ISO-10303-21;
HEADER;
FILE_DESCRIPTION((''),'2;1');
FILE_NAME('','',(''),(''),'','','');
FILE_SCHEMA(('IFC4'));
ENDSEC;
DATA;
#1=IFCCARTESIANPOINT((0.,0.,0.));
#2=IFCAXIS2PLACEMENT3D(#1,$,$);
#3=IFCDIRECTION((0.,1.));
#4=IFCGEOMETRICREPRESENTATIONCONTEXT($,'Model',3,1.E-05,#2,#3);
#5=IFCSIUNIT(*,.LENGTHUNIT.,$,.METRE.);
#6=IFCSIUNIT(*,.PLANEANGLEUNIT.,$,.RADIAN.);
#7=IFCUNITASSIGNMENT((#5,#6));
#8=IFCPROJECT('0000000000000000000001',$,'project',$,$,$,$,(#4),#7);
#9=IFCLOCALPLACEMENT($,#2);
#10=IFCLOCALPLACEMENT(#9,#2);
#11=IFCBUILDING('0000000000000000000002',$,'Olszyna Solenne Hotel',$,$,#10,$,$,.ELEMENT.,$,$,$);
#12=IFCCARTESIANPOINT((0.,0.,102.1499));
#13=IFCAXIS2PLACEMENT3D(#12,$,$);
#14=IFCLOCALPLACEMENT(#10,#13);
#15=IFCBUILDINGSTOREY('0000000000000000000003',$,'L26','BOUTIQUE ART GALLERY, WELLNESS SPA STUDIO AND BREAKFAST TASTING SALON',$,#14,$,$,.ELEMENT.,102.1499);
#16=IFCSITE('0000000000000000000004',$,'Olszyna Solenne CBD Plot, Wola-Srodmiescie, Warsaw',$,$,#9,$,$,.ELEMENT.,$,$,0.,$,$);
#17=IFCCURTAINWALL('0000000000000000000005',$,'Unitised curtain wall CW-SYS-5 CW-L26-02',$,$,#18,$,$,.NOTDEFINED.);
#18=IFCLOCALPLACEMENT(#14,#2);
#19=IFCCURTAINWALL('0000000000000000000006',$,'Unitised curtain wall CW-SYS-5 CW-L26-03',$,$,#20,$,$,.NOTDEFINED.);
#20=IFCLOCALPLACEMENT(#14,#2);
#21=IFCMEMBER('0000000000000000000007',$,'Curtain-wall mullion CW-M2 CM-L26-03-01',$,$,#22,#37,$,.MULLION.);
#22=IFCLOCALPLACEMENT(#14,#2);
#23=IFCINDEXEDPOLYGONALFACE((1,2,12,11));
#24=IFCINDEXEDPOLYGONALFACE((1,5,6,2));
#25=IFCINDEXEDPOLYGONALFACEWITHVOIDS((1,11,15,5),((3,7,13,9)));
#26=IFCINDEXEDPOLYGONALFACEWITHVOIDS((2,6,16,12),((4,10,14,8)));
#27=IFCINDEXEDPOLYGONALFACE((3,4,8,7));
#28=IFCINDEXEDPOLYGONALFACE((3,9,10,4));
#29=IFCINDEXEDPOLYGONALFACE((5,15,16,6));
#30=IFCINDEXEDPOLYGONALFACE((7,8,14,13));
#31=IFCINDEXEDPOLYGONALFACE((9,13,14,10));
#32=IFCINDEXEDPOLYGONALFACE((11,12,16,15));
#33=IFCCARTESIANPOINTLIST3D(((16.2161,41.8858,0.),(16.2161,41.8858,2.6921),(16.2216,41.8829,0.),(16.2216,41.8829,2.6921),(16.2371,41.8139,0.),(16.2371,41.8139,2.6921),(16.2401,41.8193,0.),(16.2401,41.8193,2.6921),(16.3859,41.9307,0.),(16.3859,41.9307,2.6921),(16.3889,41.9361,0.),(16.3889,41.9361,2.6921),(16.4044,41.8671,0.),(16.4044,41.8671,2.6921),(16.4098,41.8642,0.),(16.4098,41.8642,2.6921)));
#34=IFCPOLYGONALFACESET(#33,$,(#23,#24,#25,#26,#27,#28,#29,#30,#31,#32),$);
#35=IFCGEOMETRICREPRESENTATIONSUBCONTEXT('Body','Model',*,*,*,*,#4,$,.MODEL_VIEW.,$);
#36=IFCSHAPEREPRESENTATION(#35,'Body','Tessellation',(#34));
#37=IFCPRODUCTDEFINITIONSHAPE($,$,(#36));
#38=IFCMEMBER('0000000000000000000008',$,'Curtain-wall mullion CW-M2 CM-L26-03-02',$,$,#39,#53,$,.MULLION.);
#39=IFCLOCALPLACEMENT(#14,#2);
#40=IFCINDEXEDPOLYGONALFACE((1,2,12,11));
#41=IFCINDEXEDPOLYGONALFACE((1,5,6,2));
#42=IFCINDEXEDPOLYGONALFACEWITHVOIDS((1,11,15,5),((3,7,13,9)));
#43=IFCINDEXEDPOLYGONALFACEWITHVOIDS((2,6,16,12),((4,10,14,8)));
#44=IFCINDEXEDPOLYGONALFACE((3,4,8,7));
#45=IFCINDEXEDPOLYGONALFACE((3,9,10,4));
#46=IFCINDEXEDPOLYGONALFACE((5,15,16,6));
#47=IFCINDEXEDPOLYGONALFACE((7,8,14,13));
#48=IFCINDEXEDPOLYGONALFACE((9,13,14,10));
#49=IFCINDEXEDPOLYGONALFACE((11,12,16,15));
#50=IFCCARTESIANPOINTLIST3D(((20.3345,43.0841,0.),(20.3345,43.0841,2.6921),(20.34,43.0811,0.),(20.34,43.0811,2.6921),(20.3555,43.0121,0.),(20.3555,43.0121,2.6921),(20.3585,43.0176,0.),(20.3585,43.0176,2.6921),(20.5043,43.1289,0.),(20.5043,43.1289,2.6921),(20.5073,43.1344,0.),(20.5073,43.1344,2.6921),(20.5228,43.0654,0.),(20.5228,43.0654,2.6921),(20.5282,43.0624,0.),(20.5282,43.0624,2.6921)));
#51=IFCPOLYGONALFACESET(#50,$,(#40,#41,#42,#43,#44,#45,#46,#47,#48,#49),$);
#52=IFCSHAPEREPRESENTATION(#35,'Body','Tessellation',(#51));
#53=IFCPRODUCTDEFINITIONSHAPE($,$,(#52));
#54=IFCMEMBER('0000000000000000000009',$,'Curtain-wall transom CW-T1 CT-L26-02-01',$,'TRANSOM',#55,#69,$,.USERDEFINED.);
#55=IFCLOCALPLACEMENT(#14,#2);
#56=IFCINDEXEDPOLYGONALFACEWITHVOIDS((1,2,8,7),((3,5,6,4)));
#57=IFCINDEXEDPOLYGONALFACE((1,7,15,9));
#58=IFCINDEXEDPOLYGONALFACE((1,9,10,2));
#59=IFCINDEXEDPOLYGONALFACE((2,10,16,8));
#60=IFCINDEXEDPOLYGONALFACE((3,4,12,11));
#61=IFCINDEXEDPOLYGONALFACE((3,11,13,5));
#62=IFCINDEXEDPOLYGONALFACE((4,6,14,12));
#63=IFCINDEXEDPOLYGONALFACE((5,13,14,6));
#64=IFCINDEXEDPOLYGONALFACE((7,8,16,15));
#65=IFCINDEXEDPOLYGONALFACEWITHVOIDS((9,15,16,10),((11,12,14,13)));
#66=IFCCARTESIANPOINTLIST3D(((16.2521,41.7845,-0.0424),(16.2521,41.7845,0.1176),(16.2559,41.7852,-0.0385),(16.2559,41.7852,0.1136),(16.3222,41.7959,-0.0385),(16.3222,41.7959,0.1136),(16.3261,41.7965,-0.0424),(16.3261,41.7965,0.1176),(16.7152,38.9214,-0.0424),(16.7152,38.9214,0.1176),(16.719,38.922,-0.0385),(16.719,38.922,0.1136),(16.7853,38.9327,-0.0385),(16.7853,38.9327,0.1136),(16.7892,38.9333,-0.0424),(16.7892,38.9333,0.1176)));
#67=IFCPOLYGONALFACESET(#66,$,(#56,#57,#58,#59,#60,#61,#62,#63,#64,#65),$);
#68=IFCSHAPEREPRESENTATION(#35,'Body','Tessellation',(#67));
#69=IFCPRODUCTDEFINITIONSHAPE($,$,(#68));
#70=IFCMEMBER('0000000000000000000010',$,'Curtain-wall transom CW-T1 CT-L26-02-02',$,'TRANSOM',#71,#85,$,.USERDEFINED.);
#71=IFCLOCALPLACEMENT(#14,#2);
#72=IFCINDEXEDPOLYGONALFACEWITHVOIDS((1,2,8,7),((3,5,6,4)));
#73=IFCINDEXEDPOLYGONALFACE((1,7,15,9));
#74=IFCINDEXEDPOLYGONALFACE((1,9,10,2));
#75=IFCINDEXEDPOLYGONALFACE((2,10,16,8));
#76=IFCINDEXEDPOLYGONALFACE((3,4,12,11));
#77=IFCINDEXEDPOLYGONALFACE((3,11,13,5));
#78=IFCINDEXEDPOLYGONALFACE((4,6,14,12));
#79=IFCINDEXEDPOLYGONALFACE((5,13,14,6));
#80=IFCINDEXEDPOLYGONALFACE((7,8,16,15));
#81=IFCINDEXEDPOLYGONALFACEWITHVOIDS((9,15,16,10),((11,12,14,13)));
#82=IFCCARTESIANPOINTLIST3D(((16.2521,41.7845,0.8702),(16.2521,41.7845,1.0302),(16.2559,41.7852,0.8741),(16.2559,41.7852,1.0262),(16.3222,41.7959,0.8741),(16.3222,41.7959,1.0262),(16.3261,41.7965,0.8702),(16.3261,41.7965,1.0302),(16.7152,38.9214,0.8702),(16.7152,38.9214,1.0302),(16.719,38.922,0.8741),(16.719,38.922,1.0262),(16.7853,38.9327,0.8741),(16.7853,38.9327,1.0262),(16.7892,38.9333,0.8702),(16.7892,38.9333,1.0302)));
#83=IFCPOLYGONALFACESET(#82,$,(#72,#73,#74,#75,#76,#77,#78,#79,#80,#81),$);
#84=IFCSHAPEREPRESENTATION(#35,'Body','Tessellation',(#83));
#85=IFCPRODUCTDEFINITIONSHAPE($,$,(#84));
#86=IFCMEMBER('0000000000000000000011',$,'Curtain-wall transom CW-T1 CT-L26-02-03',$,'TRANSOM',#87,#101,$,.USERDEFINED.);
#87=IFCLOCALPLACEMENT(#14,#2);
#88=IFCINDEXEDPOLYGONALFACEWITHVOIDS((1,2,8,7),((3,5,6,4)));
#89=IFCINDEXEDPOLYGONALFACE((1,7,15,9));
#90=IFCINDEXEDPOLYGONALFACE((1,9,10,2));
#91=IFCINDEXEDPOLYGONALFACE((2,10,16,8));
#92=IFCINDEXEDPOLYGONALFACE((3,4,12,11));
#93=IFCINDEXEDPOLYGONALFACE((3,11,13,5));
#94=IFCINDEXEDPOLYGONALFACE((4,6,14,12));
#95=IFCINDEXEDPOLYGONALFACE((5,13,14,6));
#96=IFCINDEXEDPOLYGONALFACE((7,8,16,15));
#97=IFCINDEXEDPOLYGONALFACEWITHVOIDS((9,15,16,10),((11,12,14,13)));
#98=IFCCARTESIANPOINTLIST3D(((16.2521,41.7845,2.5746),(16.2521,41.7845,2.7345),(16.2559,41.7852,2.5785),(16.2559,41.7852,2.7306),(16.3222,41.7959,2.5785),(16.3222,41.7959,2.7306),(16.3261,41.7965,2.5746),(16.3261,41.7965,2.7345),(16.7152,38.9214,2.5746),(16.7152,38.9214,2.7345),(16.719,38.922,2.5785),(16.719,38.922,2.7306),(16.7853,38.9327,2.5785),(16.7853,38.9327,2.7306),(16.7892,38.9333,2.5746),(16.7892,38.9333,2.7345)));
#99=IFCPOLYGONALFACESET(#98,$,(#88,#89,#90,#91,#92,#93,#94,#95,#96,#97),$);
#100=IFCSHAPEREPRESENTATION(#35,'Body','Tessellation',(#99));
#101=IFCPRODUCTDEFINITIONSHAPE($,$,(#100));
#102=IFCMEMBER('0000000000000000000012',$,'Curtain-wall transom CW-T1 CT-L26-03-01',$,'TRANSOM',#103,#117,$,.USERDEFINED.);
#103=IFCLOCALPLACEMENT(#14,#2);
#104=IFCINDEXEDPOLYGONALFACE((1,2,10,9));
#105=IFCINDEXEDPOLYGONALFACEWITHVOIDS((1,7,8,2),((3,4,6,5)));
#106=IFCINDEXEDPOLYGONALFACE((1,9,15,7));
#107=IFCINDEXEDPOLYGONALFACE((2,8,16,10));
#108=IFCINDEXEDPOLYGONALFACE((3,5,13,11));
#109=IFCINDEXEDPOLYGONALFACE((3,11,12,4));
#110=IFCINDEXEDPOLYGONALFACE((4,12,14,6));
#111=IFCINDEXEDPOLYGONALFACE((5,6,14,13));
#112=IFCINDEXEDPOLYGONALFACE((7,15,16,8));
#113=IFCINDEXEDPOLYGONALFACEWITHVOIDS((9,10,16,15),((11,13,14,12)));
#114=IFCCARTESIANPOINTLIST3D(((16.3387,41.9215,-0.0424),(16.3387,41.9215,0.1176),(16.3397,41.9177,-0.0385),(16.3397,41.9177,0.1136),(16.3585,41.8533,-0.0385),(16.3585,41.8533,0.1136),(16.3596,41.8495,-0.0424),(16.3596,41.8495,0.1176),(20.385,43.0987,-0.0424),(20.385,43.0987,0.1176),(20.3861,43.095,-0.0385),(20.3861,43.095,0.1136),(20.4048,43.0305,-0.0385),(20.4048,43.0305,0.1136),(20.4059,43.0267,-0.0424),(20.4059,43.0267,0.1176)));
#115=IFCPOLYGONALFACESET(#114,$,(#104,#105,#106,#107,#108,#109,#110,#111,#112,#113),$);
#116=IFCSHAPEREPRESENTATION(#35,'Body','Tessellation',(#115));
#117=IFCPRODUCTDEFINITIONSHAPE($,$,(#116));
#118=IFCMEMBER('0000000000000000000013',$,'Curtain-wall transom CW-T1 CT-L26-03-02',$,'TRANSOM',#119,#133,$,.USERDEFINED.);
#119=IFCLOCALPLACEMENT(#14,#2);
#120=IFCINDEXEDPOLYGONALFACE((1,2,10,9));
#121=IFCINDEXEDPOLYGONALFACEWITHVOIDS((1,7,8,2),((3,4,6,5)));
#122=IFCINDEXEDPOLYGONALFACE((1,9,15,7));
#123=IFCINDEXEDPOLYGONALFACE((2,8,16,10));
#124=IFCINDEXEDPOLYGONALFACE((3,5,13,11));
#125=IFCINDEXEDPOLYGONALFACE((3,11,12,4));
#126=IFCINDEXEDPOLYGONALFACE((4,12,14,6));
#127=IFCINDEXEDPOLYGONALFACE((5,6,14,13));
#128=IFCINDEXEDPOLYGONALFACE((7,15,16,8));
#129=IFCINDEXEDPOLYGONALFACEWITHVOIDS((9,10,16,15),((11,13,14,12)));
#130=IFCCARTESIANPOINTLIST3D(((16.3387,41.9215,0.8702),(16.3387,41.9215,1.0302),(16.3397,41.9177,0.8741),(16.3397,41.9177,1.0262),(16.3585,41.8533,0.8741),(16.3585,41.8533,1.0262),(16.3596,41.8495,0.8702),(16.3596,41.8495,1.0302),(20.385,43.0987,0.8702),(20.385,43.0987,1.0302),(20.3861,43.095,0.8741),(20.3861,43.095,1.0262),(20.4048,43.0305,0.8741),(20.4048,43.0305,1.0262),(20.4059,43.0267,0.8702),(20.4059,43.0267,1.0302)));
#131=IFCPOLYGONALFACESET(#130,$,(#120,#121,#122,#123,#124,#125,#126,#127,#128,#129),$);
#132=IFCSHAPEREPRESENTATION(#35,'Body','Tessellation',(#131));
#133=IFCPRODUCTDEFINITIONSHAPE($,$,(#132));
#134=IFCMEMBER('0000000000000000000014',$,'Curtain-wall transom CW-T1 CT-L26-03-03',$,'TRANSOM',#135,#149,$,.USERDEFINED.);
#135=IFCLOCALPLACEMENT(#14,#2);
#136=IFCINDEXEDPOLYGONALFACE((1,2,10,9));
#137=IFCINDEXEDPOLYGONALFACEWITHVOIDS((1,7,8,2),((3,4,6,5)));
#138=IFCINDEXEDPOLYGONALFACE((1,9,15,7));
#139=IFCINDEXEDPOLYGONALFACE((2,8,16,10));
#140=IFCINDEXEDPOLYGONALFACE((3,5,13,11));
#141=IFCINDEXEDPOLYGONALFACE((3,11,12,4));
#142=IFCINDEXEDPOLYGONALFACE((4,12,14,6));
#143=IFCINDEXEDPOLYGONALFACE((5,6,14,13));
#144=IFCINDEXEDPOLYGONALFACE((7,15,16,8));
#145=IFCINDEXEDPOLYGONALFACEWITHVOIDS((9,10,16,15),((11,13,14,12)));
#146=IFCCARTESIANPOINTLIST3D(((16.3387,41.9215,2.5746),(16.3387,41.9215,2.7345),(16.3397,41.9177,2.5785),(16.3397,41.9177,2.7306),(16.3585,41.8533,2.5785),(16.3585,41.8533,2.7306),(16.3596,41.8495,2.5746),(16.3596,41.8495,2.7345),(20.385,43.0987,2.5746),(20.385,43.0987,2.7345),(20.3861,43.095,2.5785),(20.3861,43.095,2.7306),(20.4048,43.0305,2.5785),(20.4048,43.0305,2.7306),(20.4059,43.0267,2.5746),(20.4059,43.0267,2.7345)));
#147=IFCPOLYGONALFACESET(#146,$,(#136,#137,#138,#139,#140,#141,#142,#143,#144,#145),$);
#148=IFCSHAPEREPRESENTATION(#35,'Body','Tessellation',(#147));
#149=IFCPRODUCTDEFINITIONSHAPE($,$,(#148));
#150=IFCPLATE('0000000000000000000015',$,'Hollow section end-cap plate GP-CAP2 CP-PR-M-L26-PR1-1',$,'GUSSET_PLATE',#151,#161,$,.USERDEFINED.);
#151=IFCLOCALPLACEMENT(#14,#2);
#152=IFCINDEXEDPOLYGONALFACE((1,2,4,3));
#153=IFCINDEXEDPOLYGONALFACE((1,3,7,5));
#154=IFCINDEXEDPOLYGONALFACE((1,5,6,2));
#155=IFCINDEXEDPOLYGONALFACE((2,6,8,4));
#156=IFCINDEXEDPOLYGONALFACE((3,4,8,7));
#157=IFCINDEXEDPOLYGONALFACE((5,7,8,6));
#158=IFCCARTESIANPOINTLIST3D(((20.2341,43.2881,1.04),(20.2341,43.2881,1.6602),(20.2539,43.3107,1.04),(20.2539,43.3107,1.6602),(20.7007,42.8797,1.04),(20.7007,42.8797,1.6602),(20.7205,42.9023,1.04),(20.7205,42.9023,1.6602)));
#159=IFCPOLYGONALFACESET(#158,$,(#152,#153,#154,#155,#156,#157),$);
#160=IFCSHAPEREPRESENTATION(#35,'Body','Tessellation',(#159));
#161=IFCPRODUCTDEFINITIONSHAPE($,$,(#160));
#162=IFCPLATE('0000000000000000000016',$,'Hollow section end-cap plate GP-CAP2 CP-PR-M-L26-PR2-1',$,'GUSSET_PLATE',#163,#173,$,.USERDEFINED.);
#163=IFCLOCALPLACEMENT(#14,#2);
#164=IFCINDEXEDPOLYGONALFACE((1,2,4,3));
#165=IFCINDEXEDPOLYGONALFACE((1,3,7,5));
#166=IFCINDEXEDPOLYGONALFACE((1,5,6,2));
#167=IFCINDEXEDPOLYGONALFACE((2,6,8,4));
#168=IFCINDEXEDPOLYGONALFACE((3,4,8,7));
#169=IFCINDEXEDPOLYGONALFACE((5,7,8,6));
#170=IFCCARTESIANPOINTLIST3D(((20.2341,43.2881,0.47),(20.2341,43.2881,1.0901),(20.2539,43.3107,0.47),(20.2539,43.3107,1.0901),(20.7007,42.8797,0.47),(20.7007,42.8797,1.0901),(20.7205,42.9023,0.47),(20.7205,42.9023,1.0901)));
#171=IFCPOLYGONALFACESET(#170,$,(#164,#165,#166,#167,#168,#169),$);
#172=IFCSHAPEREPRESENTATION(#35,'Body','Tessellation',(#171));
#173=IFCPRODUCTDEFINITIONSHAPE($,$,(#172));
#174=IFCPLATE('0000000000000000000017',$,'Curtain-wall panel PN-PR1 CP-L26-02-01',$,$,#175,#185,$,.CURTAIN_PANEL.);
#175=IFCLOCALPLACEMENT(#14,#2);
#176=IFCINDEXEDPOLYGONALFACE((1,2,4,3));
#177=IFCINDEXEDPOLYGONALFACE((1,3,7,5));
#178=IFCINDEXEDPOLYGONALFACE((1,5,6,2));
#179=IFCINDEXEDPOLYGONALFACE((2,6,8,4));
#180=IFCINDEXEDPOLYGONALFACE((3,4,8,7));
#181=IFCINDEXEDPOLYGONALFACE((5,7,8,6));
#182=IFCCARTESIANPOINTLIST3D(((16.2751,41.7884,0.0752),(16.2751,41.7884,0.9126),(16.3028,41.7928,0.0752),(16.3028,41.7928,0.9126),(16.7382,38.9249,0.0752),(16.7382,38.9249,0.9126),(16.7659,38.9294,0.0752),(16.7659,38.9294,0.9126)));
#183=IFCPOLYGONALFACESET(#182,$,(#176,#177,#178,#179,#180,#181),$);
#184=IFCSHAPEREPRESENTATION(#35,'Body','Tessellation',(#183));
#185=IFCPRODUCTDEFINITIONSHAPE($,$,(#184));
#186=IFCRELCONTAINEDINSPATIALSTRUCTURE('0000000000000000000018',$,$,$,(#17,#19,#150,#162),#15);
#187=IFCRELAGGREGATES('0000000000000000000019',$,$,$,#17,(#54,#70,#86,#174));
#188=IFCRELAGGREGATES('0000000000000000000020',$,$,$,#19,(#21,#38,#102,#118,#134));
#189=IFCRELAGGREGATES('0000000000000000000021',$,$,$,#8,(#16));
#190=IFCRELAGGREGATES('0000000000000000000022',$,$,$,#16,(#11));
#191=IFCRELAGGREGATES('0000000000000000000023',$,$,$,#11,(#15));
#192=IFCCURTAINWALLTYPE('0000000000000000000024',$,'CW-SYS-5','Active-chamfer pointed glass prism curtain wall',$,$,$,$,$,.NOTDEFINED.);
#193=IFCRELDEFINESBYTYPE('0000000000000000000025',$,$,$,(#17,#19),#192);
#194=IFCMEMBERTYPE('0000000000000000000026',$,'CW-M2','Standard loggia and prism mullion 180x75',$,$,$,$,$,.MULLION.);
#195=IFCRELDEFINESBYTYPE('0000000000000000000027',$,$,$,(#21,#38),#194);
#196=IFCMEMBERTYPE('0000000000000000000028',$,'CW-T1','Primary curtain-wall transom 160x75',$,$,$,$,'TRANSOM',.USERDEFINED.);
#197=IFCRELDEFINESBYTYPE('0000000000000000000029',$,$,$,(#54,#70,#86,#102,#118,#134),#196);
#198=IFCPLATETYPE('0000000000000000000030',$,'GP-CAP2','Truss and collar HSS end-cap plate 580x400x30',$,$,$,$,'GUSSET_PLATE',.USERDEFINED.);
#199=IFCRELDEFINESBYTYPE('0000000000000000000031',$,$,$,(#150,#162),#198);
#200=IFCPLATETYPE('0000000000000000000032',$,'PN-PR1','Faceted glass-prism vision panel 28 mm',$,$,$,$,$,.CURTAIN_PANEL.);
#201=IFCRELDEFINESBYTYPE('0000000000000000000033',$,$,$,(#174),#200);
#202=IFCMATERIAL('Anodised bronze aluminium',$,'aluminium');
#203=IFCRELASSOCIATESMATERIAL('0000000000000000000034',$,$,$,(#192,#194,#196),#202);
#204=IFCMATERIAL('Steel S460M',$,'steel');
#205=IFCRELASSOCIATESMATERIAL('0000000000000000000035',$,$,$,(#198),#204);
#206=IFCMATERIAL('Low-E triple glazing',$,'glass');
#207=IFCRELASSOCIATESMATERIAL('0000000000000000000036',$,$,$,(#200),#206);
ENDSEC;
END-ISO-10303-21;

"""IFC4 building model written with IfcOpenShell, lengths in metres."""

from ifc_helpers import new_model, si_unit, direction, frame, origin, origin_2d, place, context, subcontext, project, spatial, rectangle, hollow_rectangle, extrude, source, transform, mapped, material, material_profile, profile_set, type_object, element, aggregate, save


model = new_model("IFC4")

# Units and contexts
model_context = context("Model", 3, precision=1e-05, world=origin(), true_north=direction((0.0, 1.0)))
body_context = subcontext(model_context, "Body", "Model", "MODEL_VIEW")
ifc_project = project(units=[si_unit("LENGTHUNIT", "METRE"), si_unit("PLANEANGLEUNIT", "RADIAN")], contexts=[model_context])

# Site, building, storey
site_placement = place(None, origin())
site = spatial("IfcSite", under=ifc_project, at=site_placement, Name="Olszyna Solenne CBD Plot, Wola-Srodmiescie, Warsaw", CompositionType="ELEMENT", RefElevation=0.0)
building_placement = place(site_placement, origin())
building = spatial("IfcBuilding", under=site, at=building_placement, Name="Olszyna Solenne Hotel", CompositionType="ELEMENT")
storey_placement = place(building_placement, frame((0.0, 0.0, 102.1499)))
storey = spatial("IfcBuildingStorey", under=building, at=storey_placement, Name="L26", Description="BOUTIQUE ART GALLERY, WELLNESS SPA STUDIO AND BREAKFAST TASTING SALON", CompositionType="ELEMENT", Elevation=102.1499)

# Shared definitions
ifc_material_1 = material(Name="Steel S460M", Category="steel")

# Curtain wall
ifc_material_2 = material(Name="Anodised bronze aluminium", Category="aluminium")
curtain_wall_type = type_object("IfcCurtainWallType", Name="CW-SYS-5", Description="Active-chamfer pointed glass prism curtain wall", PredefinedType="NOTDEFINED", material=ifc_material_2)
curtain_wall_1_placement = place(storey_placement, origin())
curtain_wall_1 = element("IfcCurtainWall", 1, at=curtain_wall_1_placement, inside=storey, type_object=curtain_wall_type, Name="Unitised curtain wall CW-SYS-5 CW-L26-02", PredefinedType="NOTDEFINED")
ifc_material_profile_1 = material_profile(ifc_material_2, hollow_rectangle(XDim=0.075, YDim=0.1799, WallThickness=0.0044, at=origin_2d()), Name="MULL 180x75x4.5", Category="load-bearing")
ifc_profile_set_1 = profile_set([ifc_material_profile_1], Name="Anodised bronze aluminium")
member_type_1 = type_object("IfcMemberType", Name="CW-M2", Description="Standard loggia and prism mullion 180x75", PredefinedType="MULLION", material=ifc_profile_set_1)
shared_shape_1 = source(origin(), body_context, "Body", "SweptSolid", [
    extrude(hollow_rectangle(XDim=0.075, YDim=0.1799, WallThickness=0.0044, at=origin_2d()), origin(), (0.0, 0.0, 1.0), 2.6921),
])

# Curtain wall, members
curtain_wall_2_placement = place(storey_placement, origin())
curtain_wall_2 = element("IfcCurtainWall", 2, at=curtain_wall_2_placement, inside=storey, type_object=curtain_wall_type, Name="Unitised curtain wall CW-SYS-5 CW-L26-03", PredefinedType="NOTDEFINED")
member_1_placement = place(storey_placement, frame((16.313, 41.875, 0.0), z_axis=(0.0, 0.0, 1.0), x_axis=(-0.279373, 0.960183, 0.0)))
member_1 = element("IfcMember", 3, at=member_1_placement, type_object=member_type_1, Name="Curtain-wall mullion CW-M2 CM-L26-03-01", PredefinedType="MULLION", context=body_context, shape_type="MappedRepresentation", body=[
    mapped(shared_shape_1, transform((0.0, 0.0, 0.0), x_axis=(1.0, 0.0, 0.0), y_axis=(0.0, 1.0, 0.0), z_axis=(0.0, 0.0, 1.0), scale=1.0)),
])
member_2_placement = place(storey_placement, frame((20.4314, 43.0732, 0.0), z_axis=(0.0, 0.0, 1.0), x_axis=(-0.279373, 0.960183, 0.0)))
member_2 = element("IfcMember", 4, at=member_2_placement, type_object=member_type_1, Name="Curtain-wall mullion CW-M2 CM-L26-03-02", PredefinedType="MULLION", context=body_context, shape_type="MappedRepresentation", body=[
    mapped(shared_shape_1, transform((0.0, 0.0, 0.0), x_axis=(1.0, 0.0, 0.0), y_axis=(0.0, 1.0, 0.0), z_axis=(0.0, 0.0, 1.0), scale=1.0)),
])

# Members
ifc_material_profile_2 = material_profile(ifc_material_2, hollow_rectangle(XDim=0.075, YDim=0.1599, WallThickness=0.0039, at=origin_2d()), Name="TRAN 160x75x4", Category="load-bearing")
ifc_profile_set_2 = profile_set([ifc_material_profile_2], Name="Anodised bronze aluminium")
member_type_2 = type_object("IfcMemberType", Name="CW-T1", Description="Primary curtain-wall transom 160x75", ElementType="TRANSOM", PredefinedType="USERDEFINED", material=ifc_profile_set_2)
shared_shape_2 = source(origin(), body_context, "Body", "SweptSolid", [
    extrude(hollow_rectangle(XDim=0.075, YDim=0.1599, WallThickness=0.0039, at=origin_2d()), origin(), (0.0, 0.0, 1.0), 2.9004),
])
member_3_placement = place(storey_placement, frame((16.2891, 41.7905, 0.0376), z_axis=(0.159674, -0.98717, 0.0), x_axis=(0.98717, 0.159674, 0.0)))
member_3 = element("IfcMember", 5, at=member_3_placement, type_object=member_type_2, Name="Curtain-wall transom CW-T1 CT-L26-02-01", ObjectType="TRANSOM", PredefinedType="USERDEFINED", context=body_context, shape_type="MappedRepresentation", body=[
    mapped(shared_shape_2, transform((0.0, 0.0, 0.0), x_axis=(1.0, 0.0, 0.0), y_axis=(0.0, 1.0, 0.0), z_axis=(0.0, 0.0, 1.0), scale=1.0)),
])
member_4_placement = place(storey_placement, frame((16.2891, 41.7905, 0.9502), z_axis=(0.159674, -0.98717, 0.0), x_axis=(0.98717, 0.159674, 0.0)))
member_4 = element("IfcMember", 6, at=member_4_placement, type_object=member_type_2, Name="Curtain-wall transom CW-T1 CT-L26-02-02", ObjectType="TRANSOM", PredefinedType="USERDEFINED", context=body_context, shape_type="MappedRepresentation", body=[
    mapped(shared_shape_2, transform((0.0, 0.0, 0.0), x_axis=(1.0, 0.0, 0.0), y_axis=(0.0, 1.0, 0.0), z_axis=(0.0, 0.0, 1.0), scale=1.0)),
])
member_5_placement = place(storey_placement, frame((16.2891, 41.7905, 2.6545), z_axis=(0.159674, -0.98717, 0.0), x_axis=(0.98717, 0.159674, 0.0)))
member_5 = element("IfcMember", 7, at=member_5_placement, type_object=member_type_2, Name="Curtain-wall transom CW-T1 CT-L26-02-03", ObjectType="TRANSOM", PredefinedType="USERDEFINED", context=body_context, shape_type="MappedRepresentation", body=[
    mapped(shared_shape_2, transform((0.0, 0.0, 0.0), x_axis=(1.0, 0.0, 0.0), y_axis=(0.0, 1.0, 0.0), z_axis=(0.0, 0.0, 1.0), scale=1.0)),
])
shared_shape_3 = source(origin(), body_context, "Body", "SweptSolid", [
    extrude(hollow_rectangle(XDim=0.075, YDim=0.1599, WallThickness=0.0039, at=origin_2d()), origin(), (0.0, 0.0, 1.0), 4.2141),
])
member_6_placement = place(storey_placement, frame((16.3491, 41.8855, 0.0376), z_axis=(0.960188, 0.279355, 0.0), x_axis=(-0.279355, 0.960188, 0.0)))
member_6 = element("IfcMember", 8, at=member_6_placement, type_object=member_type_2, Name="Curtain-wall transom CW-T1 CT-L26-03-01", ObjectType="TRANSOM", PredefinedType="USERDEFINED", context=body_context, shape_type="MappedRepresentation", body=[
    mapped(shared_shape_3, transform((0.0, 0.0, 0.0), x_axis=(1.0, 0.0, 0.0), y_axis=(0.0, 1.0, 0.0), z_axis=(0.0, 0.0, 1.0), scale=1.0)),
])
member_7_placement = place(storey_placement, frame((16.3491, 41.8855, 0.9502), z_axis=(0.960188, 0.279355, 0.0), x_axis=(-0.279355, 0.960188, 0.0)))
member_7 = element("IfcMember", 9, at=member_7_placement, type_object=member_type_2, Name="Curtain-wall transom CW-T1 CT-L26-03-02", ObjectType="TRANSOM", PredefinedType="USERDEFINED", context=body_context, shape_type="MappedRepresentation", body=[
    mapped(shared_shape_3, transform((0.0, 0.0, 0.0), x_axis=(1.0, 0.0, 0.0), y_axis=(0.0, 1.0, 0.0), z_axis=(0.0, 0.0, 1.0), scale=1.0)),
])
member_8_placement = place(storey_placement, frame((16.3491, 41.8855, 2.6545), z_axis=(0.960188, 0.279355, 0.0), x_axis=(-0.279355, 0.960188, 0.0)))
member_8 = element("IfcMember", 10, at=member_8_placement, type_object=member_type_2, Name="Curtain-wall transom CW-T1 CT-L26-03-03", ObjectType="TRANSOM", PredefinedType="USERDEFINED", context=body_context, shape_type="MappedRepresentation", body=[
    mapped(shared_shape_3, transform((0.0, 0.0, 0.0), x_axis=(1.0, 0.0, 0.0), y_axis=(0.0, 1.0, 0.0), z_axis=(0.0, 0.0, 1.0), scale=1.0)),
])

# Plates
plate_type_1 = type_object("IfcPlateType", Name="GP-CAP2", Description="Truss and collar HSS end-cap plate 580x400x30", ElementType="GUSSET_PLATE", PredefinedType="USERDEFINED", material=ifc_material_1)
shared_shape_4 = source(origin(), body_context, "Body", "SweptSolid", [
    extrude(rectangle(XDim=0.03, YDim=0.6201, at=origin_2d()), origin(), (0.0, 0.0, 1.0), 0.6201),
])
for number, where, z_axis, x_axis, name in (
    (11, (20.4773, 43.0952, 1.04), (0.0, 0.0, 1.0), (-0.658689, -0.752415, 0.0), "Hollow section end-cap plate GP-CAP2 CP-PR-M-L26-PR1-1"),
    (12, (20.4773, 43.0952, 0.47), (0.0, 0.0, 1.0), (-0.658689, -0.752415, 0.0), "Hollow section end-cap plate GP-CAP2 CP-PR-M-L26-PR2-1"),
):
    element("IfcPlate", number, at=place(storey_placement, frame(where, z_axis=z_axis, x_axis=x_axis)), inside=storey, type_object=plate_type_1, Name=name, ObjectType="GUSSET_PLATE", PredefinedType="USERDEFINED", context=body_context, shape_type="MappedRepresentation", body=[
        mapped(shared_shape_4, transform((0.0, 0.0, 0.0), x_axis=(1.0, 0.0, 0.0), y_axis=(0.0, 1.0, 0.0), z_axis=(0.0, 0.0, 1.0), scale=1.0)),
    ])

# Plate
ifc_material_3 = material(Name="Low-E triple glazing", Category="glass")
plate_type_2 = type_object("IfcPlateType", Name="PN-PR1", Description="Faceted glass-prism vision panel 28 mm", PredefinedType="CURTAIN_PANEL", material=ifc_material_3)
shared_shape_5 = source(origin(), body_context, "Body", "SweptSolid", [
    extrude(rectangle(XDim=2.9006, YDim=0.0281, at=origin_2d()), origin(), (0.0, 0.0, 1.0), 0.8374),
])
plate_1_placement = place(storey_placement, frame((16.5205, 40.3589, 0.0752), z_axis=(0.0, 0.0, 1.0), x_axis=(0.15964, -0.987175, 0.0)))
plate_1 = element("IfcPlate", 13, at=plate_1_placement, type_object=plate_type_2, Name="Curtain-wall panel PN-PR1 CP-L26-02-01", PredefinedType="CURTAIN_PANEL", context=body_context, shape_type="MappedRepresentation", body=[
    mapped(shared_shape_5, transform((0.0, 0.0, 0.0), x_axis=(1.0, 0.0, 0.0), y_axis=(0.0, 1.0, 0.0), z_axis=(0.0, 0.0, 1.0), scale=1.0)),
])
aggregate(curtain_wall_1, [member_3, member_4, member_5, plate_1])
aggregate(curtain_wall_2, [member_1, member_2, member_6, member_7, member_8])

save(model, "model.ifc")
